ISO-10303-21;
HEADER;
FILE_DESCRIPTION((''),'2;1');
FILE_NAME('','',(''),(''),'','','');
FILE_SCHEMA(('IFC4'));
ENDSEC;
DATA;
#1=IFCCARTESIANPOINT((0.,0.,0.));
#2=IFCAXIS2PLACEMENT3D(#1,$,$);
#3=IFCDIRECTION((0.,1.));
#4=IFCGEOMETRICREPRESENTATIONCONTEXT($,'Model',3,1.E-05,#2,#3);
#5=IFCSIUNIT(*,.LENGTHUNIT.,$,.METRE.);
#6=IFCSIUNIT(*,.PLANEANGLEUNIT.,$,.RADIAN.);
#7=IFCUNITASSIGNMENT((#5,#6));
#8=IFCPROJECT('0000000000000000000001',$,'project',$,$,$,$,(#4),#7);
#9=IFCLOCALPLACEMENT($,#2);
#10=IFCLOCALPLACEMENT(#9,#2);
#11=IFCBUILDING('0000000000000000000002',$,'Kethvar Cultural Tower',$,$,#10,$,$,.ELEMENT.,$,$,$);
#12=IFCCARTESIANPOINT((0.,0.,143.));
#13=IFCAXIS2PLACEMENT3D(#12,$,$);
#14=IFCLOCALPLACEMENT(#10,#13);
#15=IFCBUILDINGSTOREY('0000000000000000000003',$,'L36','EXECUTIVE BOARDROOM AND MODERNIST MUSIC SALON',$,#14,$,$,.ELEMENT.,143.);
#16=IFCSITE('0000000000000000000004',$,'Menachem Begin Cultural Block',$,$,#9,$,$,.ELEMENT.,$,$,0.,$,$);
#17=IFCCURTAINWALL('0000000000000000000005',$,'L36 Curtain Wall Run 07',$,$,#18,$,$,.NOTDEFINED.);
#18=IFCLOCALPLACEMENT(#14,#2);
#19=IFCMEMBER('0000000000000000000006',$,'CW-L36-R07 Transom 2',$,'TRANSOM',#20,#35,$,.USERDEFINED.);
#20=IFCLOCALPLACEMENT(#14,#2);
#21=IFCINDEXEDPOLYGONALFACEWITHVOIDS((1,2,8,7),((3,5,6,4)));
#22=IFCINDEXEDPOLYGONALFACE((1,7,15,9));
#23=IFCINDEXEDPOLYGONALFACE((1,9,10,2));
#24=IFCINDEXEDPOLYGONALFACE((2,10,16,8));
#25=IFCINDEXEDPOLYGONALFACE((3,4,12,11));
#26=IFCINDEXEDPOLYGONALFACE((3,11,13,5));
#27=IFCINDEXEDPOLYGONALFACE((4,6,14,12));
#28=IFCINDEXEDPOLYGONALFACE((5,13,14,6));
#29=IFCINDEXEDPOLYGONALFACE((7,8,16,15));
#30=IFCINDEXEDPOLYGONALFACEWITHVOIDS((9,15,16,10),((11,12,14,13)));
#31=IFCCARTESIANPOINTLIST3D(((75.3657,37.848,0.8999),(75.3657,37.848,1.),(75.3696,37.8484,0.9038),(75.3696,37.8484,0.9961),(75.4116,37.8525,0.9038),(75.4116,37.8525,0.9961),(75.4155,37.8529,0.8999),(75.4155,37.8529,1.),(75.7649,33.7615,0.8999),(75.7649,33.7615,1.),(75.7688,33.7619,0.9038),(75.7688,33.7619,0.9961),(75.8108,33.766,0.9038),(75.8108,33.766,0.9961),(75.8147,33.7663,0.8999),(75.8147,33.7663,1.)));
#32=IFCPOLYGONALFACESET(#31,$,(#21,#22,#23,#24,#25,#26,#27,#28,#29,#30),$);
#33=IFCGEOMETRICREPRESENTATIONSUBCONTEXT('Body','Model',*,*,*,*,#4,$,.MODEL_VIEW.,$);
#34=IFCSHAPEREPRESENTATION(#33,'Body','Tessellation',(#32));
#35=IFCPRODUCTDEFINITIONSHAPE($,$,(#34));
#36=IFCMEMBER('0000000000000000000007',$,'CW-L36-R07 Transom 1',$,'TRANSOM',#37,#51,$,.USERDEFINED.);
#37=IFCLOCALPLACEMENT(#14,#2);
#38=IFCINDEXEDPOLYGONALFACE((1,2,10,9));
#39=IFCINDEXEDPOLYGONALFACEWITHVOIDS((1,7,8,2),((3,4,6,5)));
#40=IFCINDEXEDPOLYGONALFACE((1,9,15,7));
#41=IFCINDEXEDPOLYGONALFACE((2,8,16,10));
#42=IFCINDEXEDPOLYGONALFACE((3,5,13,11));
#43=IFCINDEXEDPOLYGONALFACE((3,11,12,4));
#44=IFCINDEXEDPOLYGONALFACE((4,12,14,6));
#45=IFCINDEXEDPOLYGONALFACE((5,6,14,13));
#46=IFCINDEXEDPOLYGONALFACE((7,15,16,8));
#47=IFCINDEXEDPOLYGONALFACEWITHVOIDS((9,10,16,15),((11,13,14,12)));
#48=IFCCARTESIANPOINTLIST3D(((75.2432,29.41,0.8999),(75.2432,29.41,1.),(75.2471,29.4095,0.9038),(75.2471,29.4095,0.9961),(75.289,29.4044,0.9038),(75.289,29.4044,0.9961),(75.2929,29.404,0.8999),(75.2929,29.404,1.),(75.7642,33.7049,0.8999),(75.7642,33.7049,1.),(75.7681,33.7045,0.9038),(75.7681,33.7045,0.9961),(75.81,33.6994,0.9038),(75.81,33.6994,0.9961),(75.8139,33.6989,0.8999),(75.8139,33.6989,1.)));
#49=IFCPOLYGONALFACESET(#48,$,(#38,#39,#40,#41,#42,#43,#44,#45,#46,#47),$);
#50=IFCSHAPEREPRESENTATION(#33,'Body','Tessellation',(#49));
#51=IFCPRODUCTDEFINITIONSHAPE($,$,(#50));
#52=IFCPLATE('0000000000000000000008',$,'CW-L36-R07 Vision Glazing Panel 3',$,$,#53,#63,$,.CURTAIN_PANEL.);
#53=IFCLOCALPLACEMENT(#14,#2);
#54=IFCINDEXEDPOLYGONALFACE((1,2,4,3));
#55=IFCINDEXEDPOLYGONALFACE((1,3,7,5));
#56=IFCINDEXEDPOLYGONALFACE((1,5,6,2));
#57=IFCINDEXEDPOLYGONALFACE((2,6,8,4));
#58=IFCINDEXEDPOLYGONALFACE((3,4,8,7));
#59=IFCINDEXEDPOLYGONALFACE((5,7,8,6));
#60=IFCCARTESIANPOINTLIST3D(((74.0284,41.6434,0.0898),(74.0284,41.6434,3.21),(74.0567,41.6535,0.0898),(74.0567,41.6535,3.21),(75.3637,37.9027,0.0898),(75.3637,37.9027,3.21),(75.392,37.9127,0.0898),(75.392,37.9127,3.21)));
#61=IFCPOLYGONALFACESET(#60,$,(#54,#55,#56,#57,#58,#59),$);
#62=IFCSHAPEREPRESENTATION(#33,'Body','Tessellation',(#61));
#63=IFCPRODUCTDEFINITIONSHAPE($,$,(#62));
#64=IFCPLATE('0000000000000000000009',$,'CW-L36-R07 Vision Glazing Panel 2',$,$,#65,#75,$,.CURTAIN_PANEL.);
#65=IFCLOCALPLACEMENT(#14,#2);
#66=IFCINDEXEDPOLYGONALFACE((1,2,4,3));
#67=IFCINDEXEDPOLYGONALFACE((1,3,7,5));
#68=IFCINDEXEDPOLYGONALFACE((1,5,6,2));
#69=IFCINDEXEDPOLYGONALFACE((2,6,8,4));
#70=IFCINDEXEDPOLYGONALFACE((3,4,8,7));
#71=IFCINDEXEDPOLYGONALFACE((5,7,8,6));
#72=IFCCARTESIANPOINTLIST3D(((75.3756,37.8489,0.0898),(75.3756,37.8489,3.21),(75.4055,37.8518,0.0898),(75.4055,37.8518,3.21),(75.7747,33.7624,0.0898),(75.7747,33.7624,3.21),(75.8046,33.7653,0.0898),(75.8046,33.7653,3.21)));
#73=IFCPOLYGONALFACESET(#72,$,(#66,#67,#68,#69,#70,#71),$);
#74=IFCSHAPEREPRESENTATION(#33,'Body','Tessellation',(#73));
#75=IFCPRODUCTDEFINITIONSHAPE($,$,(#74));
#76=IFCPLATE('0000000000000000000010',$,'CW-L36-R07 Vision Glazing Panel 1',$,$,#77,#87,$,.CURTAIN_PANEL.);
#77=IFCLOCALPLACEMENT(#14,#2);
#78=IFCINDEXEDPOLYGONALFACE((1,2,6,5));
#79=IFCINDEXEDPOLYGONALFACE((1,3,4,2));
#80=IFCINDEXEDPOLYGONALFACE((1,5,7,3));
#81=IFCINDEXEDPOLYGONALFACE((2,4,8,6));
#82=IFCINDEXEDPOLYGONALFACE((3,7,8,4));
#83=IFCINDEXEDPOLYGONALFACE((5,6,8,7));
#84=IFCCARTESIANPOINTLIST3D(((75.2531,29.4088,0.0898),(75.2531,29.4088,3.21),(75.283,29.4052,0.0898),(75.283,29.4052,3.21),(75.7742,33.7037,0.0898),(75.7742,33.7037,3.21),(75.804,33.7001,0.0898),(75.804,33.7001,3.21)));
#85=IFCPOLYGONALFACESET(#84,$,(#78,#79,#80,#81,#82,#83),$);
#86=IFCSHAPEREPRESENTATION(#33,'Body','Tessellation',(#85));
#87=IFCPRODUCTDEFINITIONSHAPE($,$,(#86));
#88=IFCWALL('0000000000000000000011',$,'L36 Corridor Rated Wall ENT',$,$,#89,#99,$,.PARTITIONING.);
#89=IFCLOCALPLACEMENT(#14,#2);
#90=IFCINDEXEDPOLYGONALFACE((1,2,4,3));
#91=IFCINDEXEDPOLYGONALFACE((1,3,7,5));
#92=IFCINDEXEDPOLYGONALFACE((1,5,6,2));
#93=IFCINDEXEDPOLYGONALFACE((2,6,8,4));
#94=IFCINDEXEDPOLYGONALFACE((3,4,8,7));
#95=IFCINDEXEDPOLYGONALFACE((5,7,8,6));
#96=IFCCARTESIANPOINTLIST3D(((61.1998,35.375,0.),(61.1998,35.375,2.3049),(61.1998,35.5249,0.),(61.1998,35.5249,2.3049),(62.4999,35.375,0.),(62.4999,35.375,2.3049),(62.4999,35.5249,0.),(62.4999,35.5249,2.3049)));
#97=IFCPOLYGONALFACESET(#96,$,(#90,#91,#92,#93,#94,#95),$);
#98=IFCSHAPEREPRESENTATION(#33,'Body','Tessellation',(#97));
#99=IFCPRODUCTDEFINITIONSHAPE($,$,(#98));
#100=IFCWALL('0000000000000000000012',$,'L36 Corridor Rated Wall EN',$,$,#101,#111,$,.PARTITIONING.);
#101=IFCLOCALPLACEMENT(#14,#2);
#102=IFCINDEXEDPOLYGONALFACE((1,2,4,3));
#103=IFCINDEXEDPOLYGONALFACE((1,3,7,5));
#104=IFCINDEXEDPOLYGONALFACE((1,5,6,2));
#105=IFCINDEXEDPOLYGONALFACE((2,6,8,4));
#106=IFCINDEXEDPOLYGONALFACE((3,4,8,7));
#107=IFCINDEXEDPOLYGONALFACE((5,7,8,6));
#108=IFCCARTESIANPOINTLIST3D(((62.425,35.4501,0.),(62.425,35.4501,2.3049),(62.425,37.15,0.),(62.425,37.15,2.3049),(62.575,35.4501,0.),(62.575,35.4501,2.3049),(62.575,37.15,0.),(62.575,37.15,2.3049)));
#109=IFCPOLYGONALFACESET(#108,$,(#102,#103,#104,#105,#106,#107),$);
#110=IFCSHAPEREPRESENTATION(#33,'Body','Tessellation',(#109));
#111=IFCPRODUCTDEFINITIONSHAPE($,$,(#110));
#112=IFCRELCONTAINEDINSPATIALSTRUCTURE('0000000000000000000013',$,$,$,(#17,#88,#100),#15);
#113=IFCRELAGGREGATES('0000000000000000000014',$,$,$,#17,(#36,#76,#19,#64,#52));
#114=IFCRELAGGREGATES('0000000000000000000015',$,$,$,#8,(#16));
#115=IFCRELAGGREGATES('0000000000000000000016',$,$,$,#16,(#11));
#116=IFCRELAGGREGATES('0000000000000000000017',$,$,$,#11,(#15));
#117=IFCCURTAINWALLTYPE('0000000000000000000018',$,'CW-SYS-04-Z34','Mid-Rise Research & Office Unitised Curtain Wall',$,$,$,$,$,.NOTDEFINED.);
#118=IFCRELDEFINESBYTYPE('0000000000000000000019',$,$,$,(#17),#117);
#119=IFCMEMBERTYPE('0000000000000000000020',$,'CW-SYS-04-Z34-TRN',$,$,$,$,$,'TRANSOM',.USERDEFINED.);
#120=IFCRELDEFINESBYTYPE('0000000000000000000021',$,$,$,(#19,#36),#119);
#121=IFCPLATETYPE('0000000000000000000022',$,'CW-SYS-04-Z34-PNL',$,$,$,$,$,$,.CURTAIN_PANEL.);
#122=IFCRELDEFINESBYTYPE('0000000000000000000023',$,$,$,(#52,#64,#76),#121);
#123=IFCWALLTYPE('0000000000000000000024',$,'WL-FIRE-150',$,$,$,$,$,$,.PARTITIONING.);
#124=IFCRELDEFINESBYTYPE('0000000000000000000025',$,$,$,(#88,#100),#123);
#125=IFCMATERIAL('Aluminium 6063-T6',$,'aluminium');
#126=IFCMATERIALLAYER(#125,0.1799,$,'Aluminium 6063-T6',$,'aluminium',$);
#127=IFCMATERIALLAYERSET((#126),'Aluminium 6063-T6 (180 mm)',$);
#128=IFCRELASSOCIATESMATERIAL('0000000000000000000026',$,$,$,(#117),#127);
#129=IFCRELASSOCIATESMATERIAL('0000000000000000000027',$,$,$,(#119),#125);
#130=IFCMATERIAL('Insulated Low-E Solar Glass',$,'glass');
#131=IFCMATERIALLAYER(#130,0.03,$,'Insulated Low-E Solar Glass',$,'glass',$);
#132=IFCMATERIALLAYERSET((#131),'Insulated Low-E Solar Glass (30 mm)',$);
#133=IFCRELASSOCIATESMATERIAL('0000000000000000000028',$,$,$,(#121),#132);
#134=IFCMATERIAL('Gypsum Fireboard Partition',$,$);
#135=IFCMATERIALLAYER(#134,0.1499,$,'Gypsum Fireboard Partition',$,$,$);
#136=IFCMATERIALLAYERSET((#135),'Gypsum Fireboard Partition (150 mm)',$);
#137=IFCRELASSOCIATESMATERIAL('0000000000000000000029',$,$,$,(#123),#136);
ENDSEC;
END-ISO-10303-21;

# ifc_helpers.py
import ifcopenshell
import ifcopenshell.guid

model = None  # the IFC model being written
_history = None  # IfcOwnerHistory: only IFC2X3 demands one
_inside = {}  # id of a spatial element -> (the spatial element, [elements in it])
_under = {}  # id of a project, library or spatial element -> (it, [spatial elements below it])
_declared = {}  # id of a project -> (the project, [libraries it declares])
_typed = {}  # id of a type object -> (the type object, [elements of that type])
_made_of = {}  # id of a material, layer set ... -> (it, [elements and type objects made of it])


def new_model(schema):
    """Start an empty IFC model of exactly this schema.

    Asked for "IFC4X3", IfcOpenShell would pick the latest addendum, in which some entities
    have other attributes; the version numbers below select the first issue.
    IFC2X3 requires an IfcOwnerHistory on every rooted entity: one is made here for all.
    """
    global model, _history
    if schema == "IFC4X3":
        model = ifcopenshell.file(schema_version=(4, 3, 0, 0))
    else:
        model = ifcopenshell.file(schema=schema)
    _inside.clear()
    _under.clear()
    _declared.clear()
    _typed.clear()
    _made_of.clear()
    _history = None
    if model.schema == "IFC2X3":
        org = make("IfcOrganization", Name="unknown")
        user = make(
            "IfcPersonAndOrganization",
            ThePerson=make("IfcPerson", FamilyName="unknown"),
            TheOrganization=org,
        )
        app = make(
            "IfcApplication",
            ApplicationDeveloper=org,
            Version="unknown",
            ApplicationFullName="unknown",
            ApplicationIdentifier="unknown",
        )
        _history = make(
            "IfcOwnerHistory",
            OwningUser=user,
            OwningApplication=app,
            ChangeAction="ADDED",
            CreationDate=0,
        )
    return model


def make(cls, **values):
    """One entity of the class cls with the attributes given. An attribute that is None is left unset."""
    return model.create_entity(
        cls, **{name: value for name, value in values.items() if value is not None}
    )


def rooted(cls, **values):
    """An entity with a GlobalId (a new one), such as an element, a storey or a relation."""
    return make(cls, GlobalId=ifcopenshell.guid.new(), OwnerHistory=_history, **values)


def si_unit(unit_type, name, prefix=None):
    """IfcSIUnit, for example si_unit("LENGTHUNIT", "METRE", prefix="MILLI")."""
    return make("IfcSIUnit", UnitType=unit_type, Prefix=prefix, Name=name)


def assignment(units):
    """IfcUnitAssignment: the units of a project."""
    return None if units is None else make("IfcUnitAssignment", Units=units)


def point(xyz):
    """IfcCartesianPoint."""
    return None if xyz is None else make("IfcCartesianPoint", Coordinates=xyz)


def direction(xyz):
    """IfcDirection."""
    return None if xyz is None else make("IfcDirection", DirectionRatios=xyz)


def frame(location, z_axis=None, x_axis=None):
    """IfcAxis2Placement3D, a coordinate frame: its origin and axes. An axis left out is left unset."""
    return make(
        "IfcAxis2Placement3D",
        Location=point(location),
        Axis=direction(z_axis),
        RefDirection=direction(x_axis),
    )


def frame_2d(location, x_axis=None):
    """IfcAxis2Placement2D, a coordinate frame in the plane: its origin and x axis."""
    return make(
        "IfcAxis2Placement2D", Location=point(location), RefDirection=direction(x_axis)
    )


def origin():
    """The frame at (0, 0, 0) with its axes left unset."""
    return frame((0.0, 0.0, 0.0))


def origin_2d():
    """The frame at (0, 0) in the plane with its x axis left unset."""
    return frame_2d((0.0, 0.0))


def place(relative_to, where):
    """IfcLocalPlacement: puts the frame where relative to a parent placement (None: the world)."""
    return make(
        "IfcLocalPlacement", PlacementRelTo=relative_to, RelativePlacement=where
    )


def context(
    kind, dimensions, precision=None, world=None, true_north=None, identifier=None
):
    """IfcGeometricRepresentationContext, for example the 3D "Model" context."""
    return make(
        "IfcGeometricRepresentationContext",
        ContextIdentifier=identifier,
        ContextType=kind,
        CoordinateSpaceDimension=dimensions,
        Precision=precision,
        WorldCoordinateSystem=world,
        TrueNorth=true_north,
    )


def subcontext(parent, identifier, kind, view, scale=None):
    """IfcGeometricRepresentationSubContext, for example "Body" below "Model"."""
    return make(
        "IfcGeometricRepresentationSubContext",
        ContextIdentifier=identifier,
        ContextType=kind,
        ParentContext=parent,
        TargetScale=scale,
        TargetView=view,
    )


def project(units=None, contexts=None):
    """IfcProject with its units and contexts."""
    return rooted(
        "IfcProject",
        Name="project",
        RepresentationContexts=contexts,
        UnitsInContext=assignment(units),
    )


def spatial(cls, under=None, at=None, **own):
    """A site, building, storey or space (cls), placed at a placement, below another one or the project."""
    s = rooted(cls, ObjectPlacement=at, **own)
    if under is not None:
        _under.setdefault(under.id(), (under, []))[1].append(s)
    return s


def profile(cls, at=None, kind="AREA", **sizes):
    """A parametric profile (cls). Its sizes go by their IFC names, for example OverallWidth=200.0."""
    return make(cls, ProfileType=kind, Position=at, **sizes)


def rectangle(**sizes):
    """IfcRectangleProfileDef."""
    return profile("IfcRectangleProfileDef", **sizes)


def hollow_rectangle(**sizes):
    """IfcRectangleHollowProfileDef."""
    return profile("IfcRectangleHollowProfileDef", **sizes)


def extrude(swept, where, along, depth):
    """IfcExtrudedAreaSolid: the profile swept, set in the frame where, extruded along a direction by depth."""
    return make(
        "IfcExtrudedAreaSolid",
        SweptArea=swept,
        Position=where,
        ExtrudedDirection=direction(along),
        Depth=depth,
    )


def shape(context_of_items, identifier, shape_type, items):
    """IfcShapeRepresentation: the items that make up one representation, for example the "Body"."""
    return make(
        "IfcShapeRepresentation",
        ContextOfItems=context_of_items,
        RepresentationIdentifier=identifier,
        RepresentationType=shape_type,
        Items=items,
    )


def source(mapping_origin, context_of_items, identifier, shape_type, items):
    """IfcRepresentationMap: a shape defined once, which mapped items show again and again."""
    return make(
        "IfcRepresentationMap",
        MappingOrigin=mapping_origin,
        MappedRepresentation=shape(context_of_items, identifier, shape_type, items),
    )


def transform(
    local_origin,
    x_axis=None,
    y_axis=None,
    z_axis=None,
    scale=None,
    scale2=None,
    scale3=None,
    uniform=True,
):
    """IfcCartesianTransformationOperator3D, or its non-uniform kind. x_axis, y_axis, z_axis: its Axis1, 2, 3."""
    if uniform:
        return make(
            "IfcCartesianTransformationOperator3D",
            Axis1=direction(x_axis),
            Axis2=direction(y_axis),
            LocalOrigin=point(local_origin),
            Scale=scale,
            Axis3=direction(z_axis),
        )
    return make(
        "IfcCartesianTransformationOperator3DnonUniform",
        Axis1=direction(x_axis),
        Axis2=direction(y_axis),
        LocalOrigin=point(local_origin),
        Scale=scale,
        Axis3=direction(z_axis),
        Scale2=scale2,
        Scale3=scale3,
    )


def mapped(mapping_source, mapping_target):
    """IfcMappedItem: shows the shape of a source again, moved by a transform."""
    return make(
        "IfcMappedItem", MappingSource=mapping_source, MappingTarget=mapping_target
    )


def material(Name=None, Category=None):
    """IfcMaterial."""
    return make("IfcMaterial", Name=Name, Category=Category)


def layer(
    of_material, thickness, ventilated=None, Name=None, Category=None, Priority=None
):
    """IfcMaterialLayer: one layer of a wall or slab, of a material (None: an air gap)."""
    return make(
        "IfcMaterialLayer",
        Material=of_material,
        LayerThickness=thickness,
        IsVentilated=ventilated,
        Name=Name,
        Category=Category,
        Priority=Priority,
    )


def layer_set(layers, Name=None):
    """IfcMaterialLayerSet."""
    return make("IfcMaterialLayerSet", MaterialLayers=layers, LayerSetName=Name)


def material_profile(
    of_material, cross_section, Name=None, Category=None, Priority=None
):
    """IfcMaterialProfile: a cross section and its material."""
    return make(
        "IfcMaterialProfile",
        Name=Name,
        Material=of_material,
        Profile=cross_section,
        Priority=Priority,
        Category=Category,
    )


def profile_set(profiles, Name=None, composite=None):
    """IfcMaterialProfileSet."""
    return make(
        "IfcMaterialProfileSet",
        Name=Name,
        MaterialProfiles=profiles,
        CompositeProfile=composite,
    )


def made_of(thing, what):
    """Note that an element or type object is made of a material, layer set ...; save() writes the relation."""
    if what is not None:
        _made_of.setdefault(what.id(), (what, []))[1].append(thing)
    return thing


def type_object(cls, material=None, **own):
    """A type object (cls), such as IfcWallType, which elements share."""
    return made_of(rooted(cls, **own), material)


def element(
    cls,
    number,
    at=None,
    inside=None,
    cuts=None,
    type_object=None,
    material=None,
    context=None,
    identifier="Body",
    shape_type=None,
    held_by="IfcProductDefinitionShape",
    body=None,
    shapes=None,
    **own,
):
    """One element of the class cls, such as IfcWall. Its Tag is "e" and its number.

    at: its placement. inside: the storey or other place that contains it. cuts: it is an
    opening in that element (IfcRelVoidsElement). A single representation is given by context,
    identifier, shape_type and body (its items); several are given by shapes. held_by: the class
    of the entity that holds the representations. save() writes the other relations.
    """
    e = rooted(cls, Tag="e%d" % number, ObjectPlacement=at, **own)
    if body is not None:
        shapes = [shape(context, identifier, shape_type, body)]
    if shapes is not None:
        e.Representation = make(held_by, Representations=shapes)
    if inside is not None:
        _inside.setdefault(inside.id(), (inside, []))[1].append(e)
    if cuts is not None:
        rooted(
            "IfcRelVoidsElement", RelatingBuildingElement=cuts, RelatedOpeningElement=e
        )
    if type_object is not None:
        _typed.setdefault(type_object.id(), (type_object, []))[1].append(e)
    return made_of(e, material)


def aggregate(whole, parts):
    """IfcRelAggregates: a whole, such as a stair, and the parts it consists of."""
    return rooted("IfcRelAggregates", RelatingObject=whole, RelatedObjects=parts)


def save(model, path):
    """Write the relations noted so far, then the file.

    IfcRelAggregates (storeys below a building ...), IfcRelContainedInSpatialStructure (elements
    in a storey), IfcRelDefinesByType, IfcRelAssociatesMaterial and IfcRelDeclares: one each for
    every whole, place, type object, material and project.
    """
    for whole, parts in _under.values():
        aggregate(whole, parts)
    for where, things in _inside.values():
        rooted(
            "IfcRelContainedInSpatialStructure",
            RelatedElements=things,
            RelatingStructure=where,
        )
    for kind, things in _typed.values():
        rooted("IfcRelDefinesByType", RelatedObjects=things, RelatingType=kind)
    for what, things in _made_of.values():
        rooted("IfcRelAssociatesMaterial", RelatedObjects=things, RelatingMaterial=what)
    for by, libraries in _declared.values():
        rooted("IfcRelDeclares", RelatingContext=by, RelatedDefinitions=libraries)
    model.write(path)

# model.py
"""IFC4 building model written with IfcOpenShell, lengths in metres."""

from ifc_helpers import new_model, si_unit, direction, frame, frame_2d, origin, origin_2d, place, context, subcontext, project, spatial, rectangle, hollow_rectangle, extrude, source, transform, mapped, material, layer, layer_set, material_profile, profile_set, type_object, element, aggregate, save


model = new_model("IFC4")

# Units and contexts
model_context = context("Model", 3, precision=1e-05, world=origin(), true_north=direction((0.0, 1.0)))
body_context = subcontext(model_context, "Body", "Model", "MODEL_VIEW")
ifc_project = project(units=[si_unit("LENGTHUNIT", "METRE"), si_unit("PLANEANGLEUNIT", "RADIAN")], contexts=[model_context])

# Site, building, storey
site_placement = place(None, origin())
site = spatial("IfcSite", under=ifc_project, at=site_placement, Name="Menachem Begin Cultural Block", CompositionType="ELEMENT", RefElevation=0.0)
building_placement = place(site_placement, origin())
building = spatial("IfcBuilding", under=site, at=building_placement, Name="Kethvar Cultural Tower", CompositionType="ELEMENT")
storey_placement = place(building_placement, frame((0.0, 0.0, 143.0)))
storey = spatial("IfcBuildingStorey", under=building, at=storey_placement, Name="L36", Description="EXECUTIVE BOARDROOM AND MODERNIST MUSIC SALON", CompositionType="ELEMENT", Elevation=143.0)

# Shared definitions
ifc_material_1 = material(Name="Aluminium 6063-T6", Category="aluminium")
ifc_layer_1 = layer(ifc_material_1, 0.1799, Name="Aluminium 6063-T6", Category="aluminium")
ifc_layer_set_1 = layer_set([ifc_layer_1], Name="Aluminium 6063-T6 (180 mm)")
curtain_wall_type = type_object("IfcCurtainWallType", Name="CW-SYS-04-Z34", Description="Mid-Rise Research & Office Unitised Curtain Wall", PredefinedType="NOTDEFINED", material=ifc_layer_set_1)

# Curtain wall
curtain_wall_1_placement = place(storey_placement, origin())
curtain_wall_1 = element("IfcCurtainWall", 1, at=curtain_wall_1_placement, inside=storey, type_object=curtain_wall_type, Name="L36 Curtain Wall Run 07", PredefinedType="NOTDEFINED")
ifc_material_profile_1 = material_profile(ifc_material_1, hollow_rectangle(XDim=0.05, YDim=0.1001, WallThickness=0.0039, at=origin_2d()), Name="Aluminium 6063-T6 — RHS100x50x4")
ifc_profile_set_1 = profile_set([ifc_material_profile_1], Name="Aluminium 6063-T6 — RHS100x50x4")
member_type_1 = type_object("IfcMemberType", Name="CW-SYS-04-Z34-TRN", ElementType="TRANSOM", PredefinedType="USERDEFINED", material=ifc_profile_set_1)

# Members
shared_shape_1 = source(origin(), body_context, "Body", "SweptSolid", [
    extrude(hollow_rectangle(XDim=0.05, YDim=0.1001, WallThickness=0.0039, at=origin_2d()), origin(), (0.0, 0.0, 1.0), 4.106),
])
member_1_placement = place(storey_placement, frame((75.7898, 33.7639, 0.95), z_axis=(-0.097219, 0.995263, 0.0), x_axis=(-0.995263, -0.097219, 0.0)))
member_1 = element("IfcMember", 2, at=member_1_placement, type_object=member_type_1, Name="CW-L36-R07 Transom 2", ObjectType="TRANSOM", PredefinedType="USERDEFINED", context=body_context, shape_type="MappedRepresentation", body=[
    mapped(shared_shape_1, transform((0.0, 0.0, 0.0), scale=1.0)),
])
shared_shape_2 = source(origin(), body_context, "Body", "SweptSolid", [
    extrude(hollow_rectangle(XDim=0.05, YDim=0.1001, WallThickness=0.0039, at=origin_2d()), origin(), (0.0, 0.0, 1.0), 4.3264),
])
member_2_placement = place(storey_placement, frame((75.2681, 29.407, 0.95), z_axis=(0.120422, 0.992723, 0.0), x_axis=(-0.992723, 0.120422, 0.0)))
member_2 = element("IfcMember", 3, at=member_2_placement, type_object=member_type_1, Name="CW-L36-R07 Transom 1", ObjectType="TRANSOM", PredefinedType="USERDEFINED", context=body_context, shape_type="MappedRepresentation", body=[
    mapped(shared_shape_2, transform((0.0, 0.0, 0.0), scale=1.0)),
])

# Plates
ifc_material_2 = material(Name="Insulated Low-E Solar Glass", Category="glass")
ifc_layer_2 = layer(ifc_material_2, 0.03, Name="Insulated Low-E Solar Glass", Category="glass")
ifc_layer_set_2 = layer_set([ifc_layer_2], Name="Insulated Low-E Solar Glass (30 mm)")
plate_type = type_object("IfcPlateType", Name="CW-SYS-04-Z34-PNL", PredefinedType="CURTAIN_PANEL", material=ifc_layer_set_2)
shared_shape_3 = source(origin(), body_context, "Body", "SweptSolid", [
    extrude(rectangle(XDim=3.9719, YDim=0.03, at=origin_2d()), origin(), (0.0, 0.0, 1.0), 3.1201),
])
plate_1_placement = place(storey_placement, frame((74.7102, 39.7781, 0.0898), z_axis=(0.0, 0.0, 1.0), x_axis=(-0.336175, 0.9418, 0.0)))
plate_1 = element("IfcPlate", 4, at=plate_1_placement, type_object=plate_type, Name="CW-L36-R07 Vision Glazing Panel 3", PredefinedType="CURTAIN_PANEL", context=body_context, shape_type="MappedRepresentation", body=[
    mapped(shared_shape_3, transform((0.0, 0.0, 0.0), scale=1.0)),
])
shared_shape_4 = source(origin(), body_context, "Body", "SweptSolid", [
    extrude(rectangle(XDim=4.106, YDim=0.03, at=origin_2d()), origin(), (0.0, 0.0, 1.0), 3.1201),
])
plate_2_placement = place(storey_placement, frame((75.5901, 35.8071, 0.0898), z_axis=(0.0, 0.0, 1.0), x_axis=(-0.097201, 0.995265, 0.0)))
plate_2 = element("IfcPlate", 5, at=plate_2_placement, type_object=plate_type, Name="CW-L36-R07 Vision Glazing Panel 2", PredefinedType="CURTAIN_PANEL", context=body_context, shape_type="MappedRepresentation", body=[
    mapped(shared_shape_4, transform((0.0, 0.0, 0.0), scale=1.0)),
])
shared_shape_5 = source(origin(), body_context, "Body", "SweptSolid", [
    extrude(rectangle(XDim=4.3264, YDim=0.03, at=origin_2d()), origin(), (0.0, 0.0, 1.0), 3.1201),
])
plate_3_placement = place(storey_placement, frame((75.5286, 31.5544, 0.0898), z_axis=(0.0, 0.0, 1.0), x_axis=(0.120431, 0.992722, 0.0)))
plate_3 = element("IfcPlate", 6, at=plate_3_placement, type_object=plate_type, Name="CW-L36-R07 Vision Glazing Panel 1", PredefinedType="CURTAIN_PANEL", context=body_context, shape_type="MappedRepresentation", body=[
    mapped(shared_shape_5, transform((0.0, 0.0, 0.0), scale=1.0)),
])
aggregate(curtain_wall_1, [member_2, plate_3, member_1, plate_2, plate_1])

# Walls
ifc_material_3 = material(Name="Gypsum Fireboard Partition")
ifc_layer_3 = layer(ifc_material_3, 0.1499, Name="Gypsum Fireboard Partition")
ifc_layer_set_3 = layer_set([ifc_layer_3], Name="Gypsum Fireboard Partition (150 mm)")
wall_type_1 = type_object("IfcWallType", Name="WL-FIRE-150", PredefinedType="PARTITIONING", material=ifc_layer_set_3)
wall_1_placement = place(storey_placement, frame((61.2, 35.45, 0.0), z_axis=(0.0, 0.0, 1.0), x_axis=(1.0, 0.0, 0.0)))
element("IfcWall", 7, at=wall_1_placement, inside=storey, type_object=wall_type_1, Name="L36 Corridor Rated Wall ENT", PredefinedType="PARTITIONING", context=body_context, shape_type="SweptSolid", body=[
    extrude(rectangle(XDim=1.3, YDim=0.1499, at=frame_2d((0.6499, 0.0))), origin(), (0.0, 0.0, 1.0), 2.3049),
])
wall_2_placement = place(storey_placement, frame((62.5, 35.45, 0.0), z_axis=(0.0, 0.0, 1.0), x_axis=(0.0, 1.0, 0.0)))
element("IfcWall", 8, at=wall_2_placement, inside=storey, type_object=wall_type_1, Name="L36 Corridor Rated Wall EN", PredefinedType="PARTITIONING", context=body_context, shape_type="SweptSolid", body=[
    extrude(rectangle(XDim=1.7, YDim=0.1499, at=frame_2d((0.8501, 0.0))), origin(), (0.0, 0.0, 1.0), 2.3049),
])

save(model, "model.ifc")
